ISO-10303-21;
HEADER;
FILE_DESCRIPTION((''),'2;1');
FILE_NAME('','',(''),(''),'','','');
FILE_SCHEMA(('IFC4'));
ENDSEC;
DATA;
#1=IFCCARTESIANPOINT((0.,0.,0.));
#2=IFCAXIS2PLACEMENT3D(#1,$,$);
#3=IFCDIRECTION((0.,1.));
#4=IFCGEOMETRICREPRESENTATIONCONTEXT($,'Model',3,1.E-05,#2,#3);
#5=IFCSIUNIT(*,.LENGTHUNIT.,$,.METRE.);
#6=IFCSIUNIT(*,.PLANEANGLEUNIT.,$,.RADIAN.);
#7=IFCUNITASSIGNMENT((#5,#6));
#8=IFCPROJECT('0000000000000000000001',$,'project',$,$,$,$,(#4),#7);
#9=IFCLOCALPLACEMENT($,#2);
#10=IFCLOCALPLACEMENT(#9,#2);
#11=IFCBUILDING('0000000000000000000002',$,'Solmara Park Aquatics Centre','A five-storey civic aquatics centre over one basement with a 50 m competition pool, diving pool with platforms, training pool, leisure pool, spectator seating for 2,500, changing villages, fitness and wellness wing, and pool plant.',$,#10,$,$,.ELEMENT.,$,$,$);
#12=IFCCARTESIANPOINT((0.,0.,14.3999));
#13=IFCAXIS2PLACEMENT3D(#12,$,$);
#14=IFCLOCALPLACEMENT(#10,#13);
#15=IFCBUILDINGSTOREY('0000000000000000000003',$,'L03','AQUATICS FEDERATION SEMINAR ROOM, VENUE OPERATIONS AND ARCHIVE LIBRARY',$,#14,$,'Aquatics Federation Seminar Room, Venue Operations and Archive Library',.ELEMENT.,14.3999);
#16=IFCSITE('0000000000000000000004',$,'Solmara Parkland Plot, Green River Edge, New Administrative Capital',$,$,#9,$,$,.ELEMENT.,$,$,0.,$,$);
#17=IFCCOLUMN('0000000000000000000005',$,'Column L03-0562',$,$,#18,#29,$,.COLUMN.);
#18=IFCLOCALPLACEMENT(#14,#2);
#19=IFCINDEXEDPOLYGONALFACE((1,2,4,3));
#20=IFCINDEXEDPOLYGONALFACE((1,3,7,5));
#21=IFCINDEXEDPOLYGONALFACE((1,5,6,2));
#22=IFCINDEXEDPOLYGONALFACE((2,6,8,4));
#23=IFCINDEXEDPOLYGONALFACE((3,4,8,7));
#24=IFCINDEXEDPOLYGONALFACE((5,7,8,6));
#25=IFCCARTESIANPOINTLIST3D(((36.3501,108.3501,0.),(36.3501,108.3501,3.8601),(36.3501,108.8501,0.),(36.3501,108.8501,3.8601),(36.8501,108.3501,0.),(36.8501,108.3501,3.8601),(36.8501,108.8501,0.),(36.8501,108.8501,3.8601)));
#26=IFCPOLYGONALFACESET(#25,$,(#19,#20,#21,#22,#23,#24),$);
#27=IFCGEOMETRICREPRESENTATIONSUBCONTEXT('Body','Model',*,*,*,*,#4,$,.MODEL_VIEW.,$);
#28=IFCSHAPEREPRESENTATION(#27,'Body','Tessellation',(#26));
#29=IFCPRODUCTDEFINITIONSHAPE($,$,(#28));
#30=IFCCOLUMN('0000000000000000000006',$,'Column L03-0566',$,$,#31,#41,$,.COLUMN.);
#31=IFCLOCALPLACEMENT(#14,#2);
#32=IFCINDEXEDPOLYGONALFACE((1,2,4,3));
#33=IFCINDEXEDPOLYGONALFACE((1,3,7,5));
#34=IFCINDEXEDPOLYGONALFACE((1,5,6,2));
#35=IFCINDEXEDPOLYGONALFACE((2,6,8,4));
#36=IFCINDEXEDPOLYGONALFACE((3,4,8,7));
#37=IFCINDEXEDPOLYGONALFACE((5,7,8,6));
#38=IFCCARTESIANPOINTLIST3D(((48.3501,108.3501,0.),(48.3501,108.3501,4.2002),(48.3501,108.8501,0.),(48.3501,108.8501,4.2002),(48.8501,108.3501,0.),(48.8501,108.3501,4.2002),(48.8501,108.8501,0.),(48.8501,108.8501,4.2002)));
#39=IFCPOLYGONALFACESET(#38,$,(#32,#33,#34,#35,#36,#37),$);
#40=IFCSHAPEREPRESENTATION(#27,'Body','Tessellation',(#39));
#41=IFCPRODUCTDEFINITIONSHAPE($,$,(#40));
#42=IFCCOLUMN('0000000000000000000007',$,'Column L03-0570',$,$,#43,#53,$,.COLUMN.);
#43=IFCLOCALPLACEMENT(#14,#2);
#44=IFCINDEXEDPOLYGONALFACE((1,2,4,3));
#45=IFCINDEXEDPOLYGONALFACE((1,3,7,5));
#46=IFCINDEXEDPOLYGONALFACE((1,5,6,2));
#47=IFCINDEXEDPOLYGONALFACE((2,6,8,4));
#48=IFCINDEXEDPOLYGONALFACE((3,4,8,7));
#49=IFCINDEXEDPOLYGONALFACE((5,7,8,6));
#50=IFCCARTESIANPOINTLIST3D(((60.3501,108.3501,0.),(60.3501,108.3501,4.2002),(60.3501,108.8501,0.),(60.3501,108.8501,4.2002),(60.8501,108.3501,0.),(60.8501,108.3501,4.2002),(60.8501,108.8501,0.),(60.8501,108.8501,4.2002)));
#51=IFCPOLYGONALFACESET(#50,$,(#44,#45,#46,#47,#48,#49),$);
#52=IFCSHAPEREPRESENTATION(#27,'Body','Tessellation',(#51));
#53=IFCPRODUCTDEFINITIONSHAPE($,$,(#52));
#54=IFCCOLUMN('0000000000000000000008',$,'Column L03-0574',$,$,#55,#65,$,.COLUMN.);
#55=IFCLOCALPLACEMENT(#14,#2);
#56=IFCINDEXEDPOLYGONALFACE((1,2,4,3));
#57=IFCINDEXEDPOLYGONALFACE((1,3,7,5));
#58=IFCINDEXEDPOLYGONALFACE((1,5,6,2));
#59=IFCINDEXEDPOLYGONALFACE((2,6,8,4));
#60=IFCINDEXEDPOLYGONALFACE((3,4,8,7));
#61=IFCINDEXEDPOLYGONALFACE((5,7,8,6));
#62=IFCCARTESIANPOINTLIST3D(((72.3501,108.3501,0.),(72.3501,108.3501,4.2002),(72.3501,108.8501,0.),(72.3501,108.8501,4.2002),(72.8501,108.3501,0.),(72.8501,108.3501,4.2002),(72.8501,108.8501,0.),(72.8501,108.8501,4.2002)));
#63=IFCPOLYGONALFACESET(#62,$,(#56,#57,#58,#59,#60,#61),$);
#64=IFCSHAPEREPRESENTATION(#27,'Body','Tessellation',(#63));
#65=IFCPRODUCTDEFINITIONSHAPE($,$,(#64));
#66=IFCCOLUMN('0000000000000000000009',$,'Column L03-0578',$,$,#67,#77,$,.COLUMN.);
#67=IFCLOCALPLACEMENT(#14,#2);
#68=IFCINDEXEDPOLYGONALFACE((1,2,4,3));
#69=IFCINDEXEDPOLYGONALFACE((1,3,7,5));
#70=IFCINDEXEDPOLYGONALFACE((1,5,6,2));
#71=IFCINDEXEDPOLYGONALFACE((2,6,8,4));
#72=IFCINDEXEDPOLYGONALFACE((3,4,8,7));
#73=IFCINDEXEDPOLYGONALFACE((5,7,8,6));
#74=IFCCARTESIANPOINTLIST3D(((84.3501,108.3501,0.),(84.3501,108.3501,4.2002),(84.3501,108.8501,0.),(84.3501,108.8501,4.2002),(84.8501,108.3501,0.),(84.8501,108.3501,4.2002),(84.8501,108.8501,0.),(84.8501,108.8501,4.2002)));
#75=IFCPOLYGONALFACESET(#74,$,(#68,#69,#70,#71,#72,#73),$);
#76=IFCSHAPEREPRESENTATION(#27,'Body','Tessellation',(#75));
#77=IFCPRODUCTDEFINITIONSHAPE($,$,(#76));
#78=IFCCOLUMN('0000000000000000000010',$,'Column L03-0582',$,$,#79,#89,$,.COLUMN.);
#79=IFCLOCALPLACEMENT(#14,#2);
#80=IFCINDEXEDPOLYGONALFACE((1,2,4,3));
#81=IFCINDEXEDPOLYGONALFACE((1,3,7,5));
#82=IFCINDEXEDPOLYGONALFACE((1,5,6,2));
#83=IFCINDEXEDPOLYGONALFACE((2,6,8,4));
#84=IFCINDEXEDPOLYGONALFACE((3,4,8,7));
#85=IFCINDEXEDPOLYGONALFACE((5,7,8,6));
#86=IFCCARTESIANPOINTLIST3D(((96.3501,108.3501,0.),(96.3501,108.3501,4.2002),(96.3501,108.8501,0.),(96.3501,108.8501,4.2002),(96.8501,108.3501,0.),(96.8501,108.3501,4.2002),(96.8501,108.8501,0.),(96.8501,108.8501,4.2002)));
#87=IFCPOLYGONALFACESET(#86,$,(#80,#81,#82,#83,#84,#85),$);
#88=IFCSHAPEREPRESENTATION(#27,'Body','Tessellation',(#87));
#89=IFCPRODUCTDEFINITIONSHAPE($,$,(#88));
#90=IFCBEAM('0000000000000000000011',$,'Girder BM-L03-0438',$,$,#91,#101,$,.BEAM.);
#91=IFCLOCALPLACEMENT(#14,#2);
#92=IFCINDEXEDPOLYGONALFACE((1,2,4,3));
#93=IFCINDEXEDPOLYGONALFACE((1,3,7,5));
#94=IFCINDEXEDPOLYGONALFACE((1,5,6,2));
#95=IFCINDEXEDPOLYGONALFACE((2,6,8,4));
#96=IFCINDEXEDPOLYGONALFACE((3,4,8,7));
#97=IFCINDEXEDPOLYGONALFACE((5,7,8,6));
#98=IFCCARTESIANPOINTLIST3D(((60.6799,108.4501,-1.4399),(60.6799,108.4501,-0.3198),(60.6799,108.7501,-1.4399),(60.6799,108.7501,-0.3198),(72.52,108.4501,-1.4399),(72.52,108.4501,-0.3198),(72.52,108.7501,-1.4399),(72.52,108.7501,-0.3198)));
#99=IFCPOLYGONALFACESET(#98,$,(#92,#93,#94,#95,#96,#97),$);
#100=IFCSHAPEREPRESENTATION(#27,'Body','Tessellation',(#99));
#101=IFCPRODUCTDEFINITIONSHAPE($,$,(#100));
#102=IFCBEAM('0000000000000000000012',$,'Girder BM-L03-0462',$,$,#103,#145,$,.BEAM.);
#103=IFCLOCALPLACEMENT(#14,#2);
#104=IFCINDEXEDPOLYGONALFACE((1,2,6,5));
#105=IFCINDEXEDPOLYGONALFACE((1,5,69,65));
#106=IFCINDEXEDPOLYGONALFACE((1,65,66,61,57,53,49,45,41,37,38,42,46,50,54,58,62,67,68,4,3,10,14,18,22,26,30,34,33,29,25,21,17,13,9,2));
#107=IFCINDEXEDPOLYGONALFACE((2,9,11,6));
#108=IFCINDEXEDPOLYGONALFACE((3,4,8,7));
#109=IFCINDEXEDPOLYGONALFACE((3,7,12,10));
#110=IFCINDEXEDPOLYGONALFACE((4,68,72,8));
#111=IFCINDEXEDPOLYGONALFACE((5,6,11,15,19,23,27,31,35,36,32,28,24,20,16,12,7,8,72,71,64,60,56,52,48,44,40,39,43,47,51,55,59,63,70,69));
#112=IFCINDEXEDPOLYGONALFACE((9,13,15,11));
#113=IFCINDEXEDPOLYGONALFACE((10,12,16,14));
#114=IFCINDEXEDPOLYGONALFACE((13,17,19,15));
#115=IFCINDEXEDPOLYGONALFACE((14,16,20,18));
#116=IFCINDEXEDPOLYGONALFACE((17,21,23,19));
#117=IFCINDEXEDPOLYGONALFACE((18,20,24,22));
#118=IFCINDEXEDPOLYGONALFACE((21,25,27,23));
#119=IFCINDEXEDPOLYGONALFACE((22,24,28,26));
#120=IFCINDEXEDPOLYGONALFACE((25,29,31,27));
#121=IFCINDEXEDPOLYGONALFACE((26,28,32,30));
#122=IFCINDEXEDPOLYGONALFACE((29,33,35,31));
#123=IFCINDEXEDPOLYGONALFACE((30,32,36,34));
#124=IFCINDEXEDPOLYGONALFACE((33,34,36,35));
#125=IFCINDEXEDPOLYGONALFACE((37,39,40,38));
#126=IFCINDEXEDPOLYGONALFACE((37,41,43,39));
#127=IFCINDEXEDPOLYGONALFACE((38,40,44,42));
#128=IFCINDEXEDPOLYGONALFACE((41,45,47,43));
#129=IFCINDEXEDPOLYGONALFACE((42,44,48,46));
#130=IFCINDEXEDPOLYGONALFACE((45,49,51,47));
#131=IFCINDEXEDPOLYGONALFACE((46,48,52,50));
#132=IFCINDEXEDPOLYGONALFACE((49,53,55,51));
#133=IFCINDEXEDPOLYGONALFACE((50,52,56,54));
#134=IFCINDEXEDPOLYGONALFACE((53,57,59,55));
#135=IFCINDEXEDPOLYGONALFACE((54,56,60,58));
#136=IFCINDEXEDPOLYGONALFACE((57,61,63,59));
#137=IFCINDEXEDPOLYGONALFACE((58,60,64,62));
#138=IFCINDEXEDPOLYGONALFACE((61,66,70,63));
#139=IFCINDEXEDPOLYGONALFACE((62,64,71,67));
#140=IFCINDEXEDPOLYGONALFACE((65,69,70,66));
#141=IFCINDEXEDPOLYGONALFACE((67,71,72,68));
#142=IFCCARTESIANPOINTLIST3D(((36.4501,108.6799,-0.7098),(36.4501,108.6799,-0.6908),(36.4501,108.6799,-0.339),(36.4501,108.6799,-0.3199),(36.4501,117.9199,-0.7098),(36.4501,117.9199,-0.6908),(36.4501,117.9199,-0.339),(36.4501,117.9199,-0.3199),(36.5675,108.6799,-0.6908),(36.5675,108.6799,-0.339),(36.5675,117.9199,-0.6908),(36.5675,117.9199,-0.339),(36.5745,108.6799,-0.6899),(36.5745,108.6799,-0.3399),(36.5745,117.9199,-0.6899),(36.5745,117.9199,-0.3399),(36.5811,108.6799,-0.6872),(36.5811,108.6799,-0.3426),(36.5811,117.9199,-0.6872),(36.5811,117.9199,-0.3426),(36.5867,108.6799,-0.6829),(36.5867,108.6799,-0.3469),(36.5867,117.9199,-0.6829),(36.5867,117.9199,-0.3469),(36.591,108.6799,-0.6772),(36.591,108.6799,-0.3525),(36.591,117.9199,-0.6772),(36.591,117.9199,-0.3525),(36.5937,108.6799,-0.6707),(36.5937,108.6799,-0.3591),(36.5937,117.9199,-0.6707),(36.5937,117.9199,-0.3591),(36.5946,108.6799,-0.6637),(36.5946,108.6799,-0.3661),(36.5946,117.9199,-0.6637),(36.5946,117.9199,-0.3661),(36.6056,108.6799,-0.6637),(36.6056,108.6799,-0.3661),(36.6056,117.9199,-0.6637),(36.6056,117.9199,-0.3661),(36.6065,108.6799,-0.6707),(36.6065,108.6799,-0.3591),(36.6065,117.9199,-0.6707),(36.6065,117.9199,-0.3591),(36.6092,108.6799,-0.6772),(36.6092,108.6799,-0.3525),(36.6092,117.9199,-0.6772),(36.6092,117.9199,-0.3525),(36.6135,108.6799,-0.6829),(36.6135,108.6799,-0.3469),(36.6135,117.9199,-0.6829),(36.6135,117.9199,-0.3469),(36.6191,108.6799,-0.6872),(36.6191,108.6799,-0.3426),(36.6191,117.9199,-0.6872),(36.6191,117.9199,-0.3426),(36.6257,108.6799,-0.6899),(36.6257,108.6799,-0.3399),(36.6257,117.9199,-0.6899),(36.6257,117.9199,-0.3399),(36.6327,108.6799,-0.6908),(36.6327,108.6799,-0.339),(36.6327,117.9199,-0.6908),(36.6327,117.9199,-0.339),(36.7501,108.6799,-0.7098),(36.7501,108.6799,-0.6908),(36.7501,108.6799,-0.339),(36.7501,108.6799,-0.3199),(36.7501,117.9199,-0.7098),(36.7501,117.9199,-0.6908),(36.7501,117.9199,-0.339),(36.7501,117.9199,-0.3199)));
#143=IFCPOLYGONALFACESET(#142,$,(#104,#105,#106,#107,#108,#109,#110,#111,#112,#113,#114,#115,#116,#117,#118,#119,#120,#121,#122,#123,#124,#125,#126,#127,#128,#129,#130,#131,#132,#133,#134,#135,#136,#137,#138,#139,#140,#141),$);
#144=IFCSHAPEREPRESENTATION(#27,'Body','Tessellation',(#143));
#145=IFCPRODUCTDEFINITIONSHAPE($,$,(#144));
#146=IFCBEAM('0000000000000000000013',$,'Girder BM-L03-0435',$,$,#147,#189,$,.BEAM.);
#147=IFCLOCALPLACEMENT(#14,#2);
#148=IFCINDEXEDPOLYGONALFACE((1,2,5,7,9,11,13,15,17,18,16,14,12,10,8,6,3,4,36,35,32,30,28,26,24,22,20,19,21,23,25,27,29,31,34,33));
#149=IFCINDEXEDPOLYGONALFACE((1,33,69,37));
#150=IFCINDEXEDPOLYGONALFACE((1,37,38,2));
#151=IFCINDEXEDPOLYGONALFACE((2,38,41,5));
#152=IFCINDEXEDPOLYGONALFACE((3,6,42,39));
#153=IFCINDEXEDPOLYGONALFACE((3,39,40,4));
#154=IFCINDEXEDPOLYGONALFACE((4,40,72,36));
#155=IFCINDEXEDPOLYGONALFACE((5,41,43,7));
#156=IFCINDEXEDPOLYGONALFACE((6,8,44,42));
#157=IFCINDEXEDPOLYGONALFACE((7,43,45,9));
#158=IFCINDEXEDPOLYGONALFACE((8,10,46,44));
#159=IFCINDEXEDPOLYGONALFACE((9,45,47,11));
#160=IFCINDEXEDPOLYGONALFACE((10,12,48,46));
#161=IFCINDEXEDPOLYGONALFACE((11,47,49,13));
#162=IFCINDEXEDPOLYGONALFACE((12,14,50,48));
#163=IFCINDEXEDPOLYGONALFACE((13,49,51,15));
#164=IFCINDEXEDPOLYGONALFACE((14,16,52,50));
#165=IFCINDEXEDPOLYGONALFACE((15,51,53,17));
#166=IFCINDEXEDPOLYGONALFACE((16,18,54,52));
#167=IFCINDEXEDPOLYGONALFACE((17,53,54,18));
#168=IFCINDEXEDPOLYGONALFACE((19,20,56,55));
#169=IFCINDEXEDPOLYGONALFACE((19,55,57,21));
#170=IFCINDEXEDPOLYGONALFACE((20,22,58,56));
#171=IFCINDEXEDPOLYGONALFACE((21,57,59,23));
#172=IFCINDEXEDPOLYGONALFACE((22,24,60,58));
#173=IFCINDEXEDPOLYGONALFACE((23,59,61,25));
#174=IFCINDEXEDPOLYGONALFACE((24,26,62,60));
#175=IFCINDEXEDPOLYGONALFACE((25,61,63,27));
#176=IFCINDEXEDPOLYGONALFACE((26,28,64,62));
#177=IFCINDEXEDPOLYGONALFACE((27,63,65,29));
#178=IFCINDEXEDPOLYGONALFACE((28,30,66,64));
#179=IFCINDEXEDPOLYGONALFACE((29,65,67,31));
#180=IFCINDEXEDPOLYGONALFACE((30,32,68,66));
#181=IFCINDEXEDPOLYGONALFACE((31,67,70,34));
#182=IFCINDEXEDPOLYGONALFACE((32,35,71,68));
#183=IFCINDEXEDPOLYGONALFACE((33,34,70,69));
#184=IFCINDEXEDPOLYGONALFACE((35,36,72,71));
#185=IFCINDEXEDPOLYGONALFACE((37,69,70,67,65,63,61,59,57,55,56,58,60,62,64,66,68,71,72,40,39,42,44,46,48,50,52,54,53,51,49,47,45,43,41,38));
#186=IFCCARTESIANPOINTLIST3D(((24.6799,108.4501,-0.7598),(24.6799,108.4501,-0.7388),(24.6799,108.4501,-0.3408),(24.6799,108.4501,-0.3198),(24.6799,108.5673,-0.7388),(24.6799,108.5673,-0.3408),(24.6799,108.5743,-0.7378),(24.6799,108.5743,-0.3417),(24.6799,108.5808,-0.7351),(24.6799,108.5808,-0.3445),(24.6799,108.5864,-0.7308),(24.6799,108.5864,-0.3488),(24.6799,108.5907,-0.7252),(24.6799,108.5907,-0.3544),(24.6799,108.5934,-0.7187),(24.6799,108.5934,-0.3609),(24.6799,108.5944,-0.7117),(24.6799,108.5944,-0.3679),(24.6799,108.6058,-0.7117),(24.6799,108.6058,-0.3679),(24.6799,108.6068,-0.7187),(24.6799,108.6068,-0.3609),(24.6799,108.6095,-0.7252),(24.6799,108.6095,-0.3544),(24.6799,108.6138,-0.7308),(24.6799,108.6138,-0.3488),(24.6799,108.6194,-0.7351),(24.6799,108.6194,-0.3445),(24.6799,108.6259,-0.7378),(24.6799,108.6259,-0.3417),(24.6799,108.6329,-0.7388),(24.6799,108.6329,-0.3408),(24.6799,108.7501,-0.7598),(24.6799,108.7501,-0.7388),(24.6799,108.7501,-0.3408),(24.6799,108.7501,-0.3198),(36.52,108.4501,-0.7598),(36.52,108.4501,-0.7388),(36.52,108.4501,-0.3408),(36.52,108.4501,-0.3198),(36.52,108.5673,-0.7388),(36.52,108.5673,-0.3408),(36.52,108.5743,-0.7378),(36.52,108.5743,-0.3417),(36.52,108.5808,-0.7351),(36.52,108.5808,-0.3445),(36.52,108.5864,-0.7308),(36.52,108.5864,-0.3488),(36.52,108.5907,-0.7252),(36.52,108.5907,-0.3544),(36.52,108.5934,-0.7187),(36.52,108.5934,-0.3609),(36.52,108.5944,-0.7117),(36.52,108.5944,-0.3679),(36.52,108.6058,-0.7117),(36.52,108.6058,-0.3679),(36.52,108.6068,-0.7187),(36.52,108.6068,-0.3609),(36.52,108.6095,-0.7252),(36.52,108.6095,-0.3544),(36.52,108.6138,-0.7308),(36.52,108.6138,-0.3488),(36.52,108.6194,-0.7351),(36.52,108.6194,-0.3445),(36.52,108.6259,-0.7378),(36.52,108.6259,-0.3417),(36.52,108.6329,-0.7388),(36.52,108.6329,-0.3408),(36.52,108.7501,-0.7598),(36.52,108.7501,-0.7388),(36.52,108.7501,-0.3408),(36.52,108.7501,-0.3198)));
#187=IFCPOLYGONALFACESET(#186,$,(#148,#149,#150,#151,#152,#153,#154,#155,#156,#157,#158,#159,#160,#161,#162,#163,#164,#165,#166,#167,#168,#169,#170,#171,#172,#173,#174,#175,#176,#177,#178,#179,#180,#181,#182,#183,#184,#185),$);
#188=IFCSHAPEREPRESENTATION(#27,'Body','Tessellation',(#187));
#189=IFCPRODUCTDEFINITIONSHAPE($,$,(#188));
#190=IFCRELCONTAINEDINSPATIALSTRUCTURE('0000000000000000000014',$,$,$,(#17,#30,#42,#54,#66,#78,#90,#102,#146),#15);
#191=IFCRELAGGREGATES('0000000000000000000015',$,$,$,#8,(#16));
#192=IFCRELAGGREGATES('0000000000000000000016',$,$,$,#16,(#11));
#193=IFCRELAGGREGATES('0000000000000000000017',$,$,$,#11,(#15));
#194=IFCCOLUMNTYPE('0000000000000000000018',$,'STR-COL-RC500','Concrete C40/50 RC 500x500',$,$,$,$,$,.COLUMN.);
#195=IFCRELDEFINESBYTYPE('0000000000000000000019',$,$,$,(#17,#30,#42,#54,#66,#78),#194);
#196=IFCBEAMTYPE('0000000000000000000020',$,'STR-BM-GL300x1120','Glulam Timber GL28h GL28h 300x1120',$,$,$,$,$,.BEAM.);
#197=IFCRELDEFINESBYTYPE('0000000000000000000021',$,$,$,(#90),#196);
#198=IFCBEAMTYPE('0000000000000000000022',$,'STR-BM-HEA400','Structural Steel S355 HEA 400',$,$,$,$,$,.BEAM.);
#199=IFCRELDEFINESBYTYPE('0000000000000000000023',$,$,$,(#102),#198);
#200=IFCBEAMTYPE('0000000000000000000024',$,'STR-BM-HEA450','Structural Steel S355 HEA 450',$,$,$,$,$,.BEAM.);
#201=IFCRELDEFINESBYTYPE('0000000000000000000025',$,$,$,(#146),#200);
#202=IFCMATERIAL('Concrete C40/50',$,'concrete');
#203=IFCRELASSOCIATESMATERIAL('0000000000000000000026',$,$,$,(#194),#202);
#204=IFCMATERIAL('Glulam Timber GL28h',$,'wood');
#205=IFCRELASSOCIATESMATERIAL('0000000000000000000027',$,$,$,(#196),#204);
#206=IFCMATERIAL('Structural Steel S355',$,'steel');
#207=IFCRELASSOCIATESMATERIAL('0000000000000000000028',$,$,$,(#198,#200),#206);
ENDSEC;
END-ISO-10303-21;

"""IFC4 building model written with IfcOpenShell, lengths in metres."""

from ifc_helpers import new_model, si_unit, direction, frame, origin, origin_2d, place, context, subcontext, project, spatial, rectangle, i_section, extrude, material, material_profile, profile_set, type_object, element, save


model = new_model("IFC4")

# Units and contexts
model_context = context("Model", 3, precision=1e-05, world=origin(), true_north=direction((0.0, 1.0)))
body_context = subcontext(model_context, "Body", "Model", "MODEL_VIEW")
ifc_project = project(units=[si_unit("LENGTHUNIT", "METRE"), si_unit("PLANEANGLEUNIT", "RADIAN")], contexts=[model_context])

# Site, building, storey
site_placement = place(None, origin())
site = spatial("IfcSite", under=ifc_project, at=site_placement, Name="Solmara Parkland Plot, Green River Edge, New Administrative Capital", CompositionType="ELEMENT", RefElevation=0.0)
building_placement = place(site_placement, origin())
building = spatial("IfcBuilding", under=site, at=building_placement, Name="Solmara Park Aquatics Centre", Description="A five-storey civic aquatics centre over one basement with a 50 m competition pool, diving pool with platforms, training pool, leisure pool, spectator seating for 2,500, changing villages, fitness and wellness wing, and pool plant.", CompositionType="ELEMENT")
storey_placement = place(building_placement, frame((0.0, 0.0, 14.3999)))
storey = spatial("IfcBuildingStorey", under=building, at=storey_placement, Name="L03", Description="AQUATICS FEDERATION SEMINAR ROOM, VENUE OPERATIONS AND ARCHIVE LIBRARY", LongName="Aquatics Federation Seminar Room, Venue Operations and Archive Library", CompositionType="ELEMENT", Elevation=14.3999)

# Columns
ifc_material_1 = material(Name="Concrete C40/50", Category="concrete")
ifc_material_profile_1 = material_profile(ifc_material_1, rectangle(XDim=0.5, YDim=0.5, at=origin_2d()), Name="RC 500x500")
ifc_profile_set_1 = profile_set([ifc_material_profile_1], Name="Concrete C40/50")
column_type = type_object("IfcColumnType", Name="STR-COL-RC500", Description="Concrete C40/50 RC 500x500", PredefinedType="COLUMN", material=ifc_profile_set_1)
column_placement = place(storey_placement, frame((36.6001, 108.6001, 0.0), z_axis=(0.0, 0.0, 1.0), x_axis=(1.0, 0.0, 0.0)))
element("IfcColumn", 1, at=column_placement, inside=storey, type_object=column_type, Name="Column L03-0562", PredefinedType="COLUMN", context=body_context, shape_type="SweptSolid", body=[
    extrude(rectangle(XDim=0.5, YDim=0.5, at=origin_2d()), origin(), (0.0, 0.0, 1.0), 3.8601),
])
for number, where, z_axis, x_axis, name in (
    (2, (48.6001, 108.6001, 0.0), (0.0, 0.0, 1.0), (1.0, 0.0, 0.0), "Column L03-0566"),
    (3, (60.6001, 108.6001, 0.0), (0.0, 0.0, 1.0), (1.0, 0.0, 0.0), "Column L03-0570"),
    (4, (72.6001, 108.6001, 0.0), (0.0, 0.0, 1.0), (1.0, 0.0, 0.0), "Column L03-0574"),
    (5, (84.6001, 108.6001, 0.0), (0.0, 0.0, 1.0), (1.0, 0.0, 0.0), "Column L03-0578"),
    (6, (96.6001, 108.6001, 0.0), (0.0, 0.0, 1.0), (1.0, 0.0, 0.0), "Column L03-0582"),
):
    element("IfcColumn", number, at=place(storey_placement, frame(where, z_axis=z_axis, x_axis=x_axis)), inside=storey, type_object=column_type, Name=name, PredefinedType="COLUMN", context=body_context, shape_type="SweptSolid", body=[
        extrude(rectangle(XDim=0.5, YDim=0.5, at=origin_2d()), origin(), (0.0, 0.0, 1.0), 4.2002),
    ])

# Beams
ifc_material_2 = material(Name="Glulam Timber GL28h", Category="wood")
ifc_material_profile_2 = material_profile(ifc_material_2, rectangle(XDim=0.3, YDim=1.1201, at=origin_2d()), Name="GL28h 300x1120")
ifc_profile_set_2 = profile_set([ifc_material_profile_2], Name="Glulam Timber GL28h")
beam_type_1 = type_object("IfcBeamType", Name="STR-BM-GL300x1120", Description="Glulam Timber GL28h GL28h 300x1120", PredefinedType="BEAM", material=ifc_profile_set_2)
beam_1_placement = place(storey_placement, frame((60.6799, 108.6001, -0.8799), z_axis=(1.0, 0.0, 0.0), x_axis=(0.0, 1.0, 0.0)))
element("IfcBeam", 7, at=beam_1_placement, inside=storey, type_object=beam_type_1, Name="Girder BM-L03-0438", PredefinedType="BEAM", context=body_context, shape_type="SweptSolid", body=[
    extrude(rectangle(XDim=0.3, YDim=1.1201, at=origin_2d()), origin(), (0.0, 0.0, 1.0), 11.8401),
])
ifc_material_3 = material(Name="Structural Steel S355", Category="steel")
ifc_material_profile_3 = material_profile(ifc_material_3, i_section(OverallWidth=0.3, OverallDepth=0.3899, WebThickness=0.011, FlangeThickness=0.019, FilletRadius=0.0271, at=origin_2d()), Name="HEA 400")
ifc_profile_set_3 = profile_set([ifc_material_profile_3], Name="Structural Steel S355")
beam_type_2 = type_object("IfcBeamType", Name="STR-BM-HEA400", Description="Structural Steel S355 HEA 400", PredefinedType="BEAM", material=ifc_profile_set_3)
beam_2_placement = place(storey_placement, frame((36.6001, 108.6799, -0.5149), z_axis=(0.0, 1.0, 0.0), x_axis=(-1.0, 0.0, 0.0)))
element("IfcBeam", 8, at=beam_2_placement, inside=storey, type_object=beam_type_2, Name="Girder BM-L03-0462", PredefinedType="BEAM", context=body_context, shape_type="SweptSolid", body=[
    extrude(i_section(OverallWidth=0.3, OverallDepth=0.3899, WebThickness=0.011, FlangeThickness=0.019, FilletRadius=0.0271, at=origin_2d()), origin(), (0.0, 0.0, 1.0), 9.24),
])
ifc_material_profile_4 = material_profile(ifc_material_3, i_section(OverallWidth=0.3, OverallDepth=0.4399, WebThickness=0.0115, FlangeThickness=0.021, FilletRadius=0.0271, at=origin_2d()), Name="HEA 450")
ifc_profile_set_4 = profile_set([ifc_material_profile_4], Name="Structural Steel S355")
beam_type_3 = type_object("IfcBeamType", Name="STR-BM-HEA450", Description="Structural Steel S355 HEA 450", PredefinedType="BEAM", material=ifc_profile_set_4)
for number, where, z_axis, x_axis, name in (
    (9, (24.6799, 108.6001, -0.5398), (1.0, 0.0, 0.0), (0.0, 1.0, 0.0), "Girder BM-L03-0435"),
):
    element("IfcBeam", number, at=place(storey_placement, frame(where, z_axis=z_axis, x_axis=x_axis)), inside=storey, type_object=beam_type_3, Name=name, PredefinedType="BEAM", context=body_context, shape_type="SweptSolid", body=[
        extrude(i_section(OverallWidth=0.3, OverallDepth=0.4399, WebThickness=0.0115, FlangeThickness=0.021, FilletRadius=0.0271, at=origin_2d()), origin(), (0.0, 0.0, 1.0), 11.8401),
    ])

save(model, "model.ifc")
